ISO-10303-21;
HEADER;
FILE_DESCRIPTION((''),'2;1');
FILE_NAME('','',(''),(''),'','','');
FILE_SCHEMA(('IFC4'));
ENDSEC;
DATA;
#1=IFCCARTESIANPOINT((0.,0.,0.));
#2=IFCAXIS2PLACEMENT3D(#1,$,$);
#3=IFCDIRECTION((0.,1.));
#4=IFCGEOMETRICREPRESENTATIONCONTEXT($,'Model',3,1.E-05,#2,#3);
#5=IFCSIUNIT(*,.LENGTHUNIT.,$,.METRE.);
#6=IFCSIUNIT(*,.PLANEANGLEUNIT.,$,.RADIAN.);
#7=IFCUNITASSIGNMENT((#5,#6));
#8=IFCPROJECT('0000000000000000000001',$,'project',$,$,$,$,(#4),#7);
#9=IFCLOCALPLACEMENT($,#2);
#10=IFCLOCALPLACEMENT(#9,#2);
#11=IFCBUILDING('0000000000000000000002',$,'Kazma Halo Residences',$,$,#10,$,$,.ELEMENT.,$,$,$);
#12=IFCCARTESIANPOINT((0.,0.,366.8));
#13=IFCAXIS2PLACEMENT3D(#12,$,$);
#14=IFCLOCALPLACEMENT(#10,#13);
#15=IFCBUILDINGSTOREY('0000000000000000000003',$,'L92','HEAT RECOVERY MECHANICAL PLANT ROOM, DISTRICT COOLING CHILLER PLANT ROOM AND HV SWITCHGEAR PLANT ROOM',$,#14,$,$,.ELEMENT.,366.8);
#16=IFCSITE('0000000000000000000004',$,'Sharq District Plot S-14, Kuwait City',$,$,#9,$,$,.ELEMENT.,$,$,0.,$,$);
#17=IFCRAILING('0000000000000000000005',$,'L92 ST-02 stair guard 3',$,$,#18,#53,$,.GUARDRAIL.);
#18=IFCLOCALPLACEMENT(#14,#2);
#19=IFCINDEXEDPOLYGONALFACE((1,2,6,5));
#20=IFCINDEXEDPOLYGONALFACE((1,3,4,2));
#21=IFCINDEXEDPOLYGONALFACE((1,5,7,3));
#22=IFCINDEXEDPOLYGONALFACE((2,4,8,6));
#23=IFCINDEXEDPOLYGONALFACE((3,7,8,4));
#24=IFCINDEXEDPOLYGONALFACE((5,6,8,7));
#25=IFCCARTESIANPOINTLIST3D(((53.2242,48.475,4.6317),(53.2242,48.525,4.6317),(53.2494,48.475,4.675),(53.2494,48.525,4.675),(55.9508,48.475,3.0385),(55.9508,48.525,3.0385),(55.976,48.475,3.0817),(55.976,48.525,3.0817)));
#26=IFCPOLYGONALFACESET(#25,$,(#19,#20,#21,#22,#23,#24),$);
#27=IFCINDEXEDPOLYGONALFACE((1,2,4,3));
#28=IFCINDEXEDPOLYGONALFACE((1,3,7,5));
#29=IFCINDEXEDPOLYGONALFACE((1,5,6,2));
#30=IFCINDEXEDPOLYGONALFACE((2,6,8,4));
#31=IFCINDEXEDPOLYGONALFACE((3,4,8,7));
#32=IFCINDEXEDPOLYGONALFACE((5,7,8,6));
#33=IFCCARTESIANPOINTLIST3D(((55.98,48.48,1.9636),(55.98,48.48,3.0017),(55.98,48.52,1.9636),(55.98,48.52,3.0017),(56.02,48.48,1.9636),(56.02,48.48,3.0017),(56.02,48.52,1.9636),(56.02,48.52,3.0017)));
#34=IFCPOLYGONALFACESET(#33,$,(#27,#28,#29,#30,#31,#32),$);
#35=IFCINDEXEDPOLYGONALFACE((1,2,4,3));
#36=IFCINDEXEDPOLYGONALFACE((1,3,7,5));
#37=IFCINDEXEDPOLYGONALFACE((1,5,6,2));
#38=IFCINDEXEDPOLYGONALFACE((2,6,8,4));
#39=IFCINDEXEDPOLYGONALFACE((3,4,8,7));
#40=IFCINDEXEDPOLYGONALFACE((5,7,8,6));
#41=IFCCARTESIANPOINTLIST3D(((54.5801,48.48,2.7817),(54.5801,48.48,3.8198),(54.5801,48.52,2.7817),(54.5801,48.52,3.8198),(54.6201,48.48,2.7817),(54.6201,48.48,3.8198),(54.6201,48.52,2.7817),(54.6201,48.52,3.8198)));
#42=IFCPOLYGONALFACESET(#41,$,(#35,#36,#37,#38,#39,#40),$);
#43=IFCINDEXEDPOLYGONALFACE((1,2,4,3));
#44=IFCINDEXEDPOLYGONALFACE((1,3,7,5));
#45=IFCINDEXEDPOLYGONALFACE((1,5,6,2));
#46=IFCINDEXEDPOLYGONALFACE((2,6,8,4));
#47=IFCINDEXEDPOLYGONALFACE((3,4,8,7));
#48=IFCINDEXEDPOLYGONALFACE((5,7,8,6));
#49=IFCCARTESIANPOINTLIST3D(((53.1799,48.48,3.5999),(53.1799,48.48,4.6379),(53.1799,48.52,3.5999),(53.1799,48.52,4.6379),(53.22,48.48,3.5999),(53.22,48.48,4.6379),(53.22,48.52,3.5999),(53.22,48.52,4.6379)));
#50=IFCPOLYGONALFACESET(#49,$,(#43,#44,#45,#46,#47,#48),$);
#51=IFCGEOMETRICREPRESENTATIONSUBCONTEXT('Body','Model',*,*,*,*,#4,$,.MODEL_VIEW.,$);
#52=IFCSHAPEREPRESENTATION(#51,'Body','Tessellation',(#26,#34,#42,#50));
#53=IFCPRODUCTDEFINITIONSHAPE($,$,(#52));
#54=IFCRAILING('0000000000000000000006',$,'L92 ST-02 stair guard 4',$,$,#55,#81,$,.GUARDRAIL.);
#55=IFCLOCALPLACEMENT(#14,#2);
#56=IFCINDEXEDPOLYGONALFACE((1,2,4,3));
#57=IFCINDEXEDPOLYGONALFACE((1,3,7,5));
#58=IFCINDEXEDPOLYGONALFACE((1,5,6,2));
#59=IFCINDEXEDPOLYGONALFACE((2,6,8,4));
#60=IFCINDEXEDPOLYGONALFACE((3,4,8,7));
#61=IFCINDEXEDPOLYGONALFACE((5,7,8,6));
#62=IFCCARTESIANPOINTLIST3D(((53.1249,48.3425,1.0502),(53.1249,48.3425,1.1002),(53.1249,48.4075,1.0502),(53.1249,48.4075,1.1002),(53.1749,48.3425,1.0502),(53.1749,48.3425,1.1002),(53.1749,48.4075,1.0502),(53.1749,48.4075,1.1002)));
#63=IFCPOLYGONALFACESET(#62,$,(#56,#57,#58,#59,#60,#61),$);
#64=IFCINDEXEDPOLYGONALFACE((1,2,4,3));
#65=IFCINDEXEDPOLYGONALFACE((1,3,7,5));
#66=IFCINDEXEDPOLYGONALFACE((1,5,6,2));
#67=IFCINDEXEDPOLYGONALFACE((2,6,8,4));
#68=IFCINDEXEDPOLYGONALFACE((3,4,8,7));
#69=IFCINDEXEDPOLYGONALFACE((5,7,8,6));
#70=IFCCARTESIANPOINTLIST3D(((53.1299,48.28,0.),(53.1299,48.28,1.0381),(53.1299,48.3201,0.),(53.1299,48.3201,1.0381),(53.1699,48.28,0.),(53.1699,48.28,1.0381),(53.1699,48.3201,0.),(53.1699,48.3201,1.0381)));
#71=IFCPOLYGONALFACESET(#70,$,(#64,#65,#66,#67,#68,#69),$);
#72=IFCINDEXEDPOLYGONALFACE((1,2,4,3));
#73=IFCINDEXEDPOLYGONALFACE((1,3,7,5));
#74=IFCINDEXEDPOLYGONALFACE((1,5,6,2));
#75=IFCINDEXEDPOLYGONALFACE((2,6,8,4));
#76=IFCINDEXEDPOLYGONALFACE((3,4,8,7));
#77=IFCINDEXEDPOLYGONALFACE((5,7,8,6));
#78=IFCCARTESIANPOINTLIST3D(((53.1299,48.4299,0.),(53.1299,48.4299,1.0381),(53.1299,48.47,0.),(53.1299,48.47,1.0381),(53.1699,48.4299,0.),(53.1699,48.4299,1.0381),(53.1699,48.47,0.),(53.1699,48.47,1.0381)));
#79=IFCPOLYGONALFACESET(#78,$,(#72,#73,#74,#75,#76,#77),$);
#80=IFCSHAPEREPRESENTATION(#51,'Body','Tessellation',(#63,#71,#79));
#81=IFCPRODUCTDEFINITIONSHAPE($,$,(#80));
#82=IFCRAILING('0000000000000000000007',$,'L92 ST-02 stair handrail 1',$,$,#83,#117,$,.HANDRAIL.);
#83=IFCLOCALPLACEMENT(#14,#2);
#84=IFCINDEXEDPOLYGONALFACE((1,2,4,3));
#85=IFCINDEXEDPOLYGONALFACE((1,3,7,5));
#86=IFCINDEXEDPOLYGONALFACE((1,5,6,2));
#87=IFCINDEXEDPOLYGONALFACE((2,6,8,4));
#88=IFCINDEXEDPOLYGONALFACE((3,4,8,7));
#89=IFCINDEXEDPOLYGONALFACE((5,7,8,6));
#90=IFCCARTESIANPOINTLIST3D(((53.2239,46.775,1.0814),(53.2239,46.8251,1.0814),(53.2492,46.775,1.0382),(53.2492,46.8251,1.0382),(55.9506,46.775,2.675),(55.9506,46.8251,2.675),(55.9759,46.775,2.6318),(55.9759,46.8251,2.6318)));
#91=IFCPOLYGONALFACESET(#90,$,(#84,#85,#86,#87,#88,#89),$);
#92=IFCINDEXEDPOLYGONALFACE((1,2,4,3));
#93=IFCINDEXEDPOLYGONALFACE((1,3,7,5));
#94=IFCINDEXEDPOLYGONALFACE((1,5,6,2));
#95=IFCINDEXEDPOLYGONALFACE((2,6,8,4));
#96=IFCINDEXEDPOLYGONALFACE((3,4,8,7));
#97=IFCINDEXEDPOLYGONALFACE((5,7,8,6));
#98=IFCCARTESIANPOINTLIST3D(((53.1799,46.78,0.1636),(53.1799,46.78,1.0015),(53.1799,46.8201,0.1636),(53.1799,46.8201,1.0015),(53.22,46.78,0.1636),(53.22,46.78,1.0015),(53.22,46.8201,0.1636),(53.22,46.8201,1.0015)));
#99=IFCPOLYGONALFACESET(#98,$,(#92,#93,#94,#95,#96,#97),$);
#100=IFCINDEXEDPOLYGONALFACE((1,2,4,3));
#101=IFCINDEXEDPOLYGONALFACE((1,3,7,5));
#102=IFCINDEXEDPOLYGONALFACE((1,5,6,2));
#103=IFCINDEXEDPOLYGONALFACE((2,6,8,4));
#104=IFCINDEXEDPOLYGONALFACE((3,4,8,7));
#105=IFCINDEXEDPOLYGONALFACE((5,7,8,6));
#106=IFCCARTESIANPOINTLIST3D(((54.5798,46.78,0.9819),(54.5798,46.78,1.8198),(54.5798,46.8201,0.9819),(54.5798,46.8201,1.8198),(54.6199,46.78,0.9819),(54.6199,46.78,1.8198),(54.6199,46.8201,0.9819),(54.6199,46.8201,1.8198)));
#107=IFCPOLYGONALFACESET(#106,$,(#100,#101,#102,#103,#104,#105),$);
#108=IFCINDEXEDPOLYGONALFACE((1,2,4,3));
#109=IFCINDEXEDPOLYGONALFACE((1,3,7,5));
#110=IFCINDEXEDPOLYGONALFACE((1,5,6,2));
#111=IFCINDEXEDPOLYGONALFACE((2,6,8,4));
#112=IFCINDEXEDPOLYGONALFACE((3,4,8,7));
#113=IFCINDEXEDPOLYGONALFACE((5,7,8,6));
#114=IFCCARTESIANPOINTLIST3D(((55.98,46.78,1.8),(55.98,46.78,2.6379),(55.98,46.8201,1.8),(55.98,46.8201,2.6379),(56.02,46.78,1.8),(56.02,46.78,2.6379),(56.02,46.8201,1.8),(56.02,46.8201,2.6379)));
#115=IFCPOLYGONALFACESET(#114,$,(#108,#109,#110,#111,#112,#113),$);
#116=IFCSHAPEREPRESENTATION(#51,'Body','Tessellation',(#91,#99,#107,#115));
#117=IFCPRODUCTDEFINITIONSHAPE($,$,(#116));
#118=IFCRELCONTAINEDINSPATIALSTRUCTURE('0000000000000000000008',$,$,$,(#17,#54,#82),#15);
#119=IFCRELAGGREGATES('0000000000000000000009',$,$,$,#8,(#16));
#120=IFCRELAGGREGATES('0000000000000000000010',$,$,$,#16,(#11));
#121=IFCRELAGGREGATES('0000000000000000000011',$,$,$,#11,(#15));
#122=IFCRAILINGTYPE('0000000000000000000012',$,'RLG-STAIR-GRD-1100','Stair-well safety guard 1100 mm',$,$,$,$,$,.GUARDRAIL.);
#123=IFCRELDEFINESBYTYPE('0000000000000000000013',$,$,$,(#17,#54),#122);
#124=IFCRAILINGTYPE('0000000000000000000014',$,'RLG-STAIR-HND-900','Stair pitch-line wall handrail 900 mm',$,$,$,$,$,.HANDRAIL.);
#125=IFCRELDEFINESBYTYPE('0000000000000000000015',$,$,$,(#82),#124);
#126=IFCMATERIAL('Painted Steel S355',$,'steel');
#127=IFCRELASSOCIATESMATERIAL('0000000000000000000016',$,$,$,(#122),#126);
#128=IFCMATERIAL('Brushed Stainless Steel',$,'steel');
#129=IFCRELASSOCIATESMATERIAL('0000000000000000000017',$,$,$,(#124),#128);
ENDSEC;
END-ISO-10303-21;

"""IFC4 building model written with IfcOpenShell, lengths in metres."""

from ifc_helpers import new_model, si_unit, direction, frame, origin, origin_2d, place, context, subcontext, project, spatial, rectangle, extrude, material, type_object, element, save


model = new_model("IFC4")

# Units and contexts
model_context = context("Model", 3, precision=1e-05, world=origin(), true_north=direction((0.0, 1.0)))
body_context = subcontext(model_context, "Body", "Model", "MODEL_VIEW")
ifc_project = project(units=[si_unit("LENGTHUNIT", "METRE"), si_unit("PLANEANGLEUNIT", "RADIAN")], contexts=[model_context])

# Site, building, storey
site_placement = place(None, origin())
site = spatial("IfcSite", under=ifc_project, at=site_placement, Name="Sharq District Plot S-14, Kuwait City", CompositionType="ELEMENT", RefElevation=0.0)
building_placement = place(site_placement, origin())
building = spatial("IfcBuilding", under=site, at=building_placement, Name="Kazma Halo Residences", CompositionType="ELEMENT")
storey_placement = place(building_placement, frame((0.0, 0.0, 366.8)))
storey = spatial("IfcBuildingStorey", under=building, at=storey_placement, Name="L92", Description="HEAT RECOVERY MECHANICAL PLANT ROOM, DISTRICT COOLING CHILLER PLANT ROOM AND HV SWITCHGEAR PLANT ROOM", CompositionType="ELEMENT", Elevation=366.8)

# Railings
ifc_material_1 = material(Name="Painted Steel S355", Category="steel")
railing_type_1 = type_object("IfcRailingType", Name="RLG-STAIR-GRD-1100", Description="Stair-well safety guard 1100 mm", PredefinedType="GUARDRAIL", material=ifc_material_1)
railing_1_placement = place(storey_placement, frame((56.0, 48.5, 1.9636)))
element("IfcRailing", 1, at=railing_1_placement, inside=storey, type_object=railing_type_1, Name="L92 ST-02 stair guard 3", PredefinedType="GUARDRAIL", context=body_context, shape_type="SweptSolid", body=[
    extrude(rectangle(XDim=0.05, YDim=0.05, at=origin_2d()), frame((-0.0366, 0.0, 1.0964), z_axis=(-0.863394, 0.0, 0.504531), x_axis=(0.0, -1.0, 0.0)), (0.0, 0.0, 1.0), 3.158),
    extrude(rectangle(XDim=0.04, YDim=0.04, at=origin_2d()), origin(), (0.0, 0.0, 1.0), 1.0381),
    extrude(rectangle(XDim=0.04, YDim=0.04, at=origin_2d()), frame((-1.3999, 0.0, 0.8181)), (0.0, 0.0, 1.0), 1.0381),
    extrude(rectangle(XDim=0.04, YDim=0.04, at=origin_2d()), frame((-2.8, 0.0, 1.6362)), (0.0, 0.0, 1.0), 1.0381),
])
railing_2_placement = place(storey_placement, frame((53.1499, 48.3, 0.0)))
element("IfcRailing", 2, at=railing_2_placement, inside=storey, type_object=railing_type_1, Name="L92 ST-02 stair guard 4", PredefinedType="GUARDRAIL", context=body_context, shape_type="SweptSolid", body=[
    extrude(rectangle(XDim=0.05, YDim=0.05, at=origin_2d()), frame((0.0, 0.0425, 1.0752), z_axis=(0.0, 1.0, 0.0), x_axis=(-1.0, 0.0, 0.0)), (0.0, 0.0, 1.0), 0.0649),
    extrude(rectangle(XDim=0.04, YDim=0.04, at=origin_2d()), origin(), (0.0, 0.0, 1.0), 1.0381),
    extrude(rectangle(XDim=0.04, YDim=0.04, at=origin_2d()), frame((0.0, 0.1499, 0.0)), (0.0, 0.0, 1.0), 1.0381),
])
ifc_material_2 = material(Name="Brushed Stainless Steel", Category="steel")
railing_type_2 = type_object("IfcRailingType", Name="RLG-STAIR-HND-900", Description="Stair pitch-line wall handrail 900 mm", PredefinedType="HANDRAIL", material=ifc_material_2)
railing_3_placement = place(storey_placement, frame((53.2, 46.8, 0.1636)))
element("IfcRailing", 3, at=railing_3_placement, inside=storey, type_object=railing_type_2, Name="L92 ST-02 stair handrail 1", PredefinedType="HANDRAIL", context=body_context, shape_type="SweptSolid", body=[
    extrude(rectangle(XDim=0.05, YDim=0.05, at=origin_2d()), frame((0.0366, 0.0, 0.8962), z_axis=(0.863361, 0.0, 0.504587), x_axis=(0.0, 1.0, 0.0)), (0.0, 0.0, 1.0), 3.1582),
    extrude(rectangle(XDim=0.04, YDim=0.04, at=origin_2d()), origin(), (0.0, 0.0, 1.0), 0.8379),
    extrude(rectangle(XDim=0.04, YDim=0.04, at=origin_2d()), frame((1.3999, 0.0, 0.8184)), (0.0, 0.0, 1.0), 0.8379),
    extrude(rectangle(XDim=0.04, YDim=0.04, at=origin_2d()), frame((2.8, 0.0, 1.6365)), (0.0, 0.0, 1.0), 0.8379),
])

save(model, "model.ifc")
